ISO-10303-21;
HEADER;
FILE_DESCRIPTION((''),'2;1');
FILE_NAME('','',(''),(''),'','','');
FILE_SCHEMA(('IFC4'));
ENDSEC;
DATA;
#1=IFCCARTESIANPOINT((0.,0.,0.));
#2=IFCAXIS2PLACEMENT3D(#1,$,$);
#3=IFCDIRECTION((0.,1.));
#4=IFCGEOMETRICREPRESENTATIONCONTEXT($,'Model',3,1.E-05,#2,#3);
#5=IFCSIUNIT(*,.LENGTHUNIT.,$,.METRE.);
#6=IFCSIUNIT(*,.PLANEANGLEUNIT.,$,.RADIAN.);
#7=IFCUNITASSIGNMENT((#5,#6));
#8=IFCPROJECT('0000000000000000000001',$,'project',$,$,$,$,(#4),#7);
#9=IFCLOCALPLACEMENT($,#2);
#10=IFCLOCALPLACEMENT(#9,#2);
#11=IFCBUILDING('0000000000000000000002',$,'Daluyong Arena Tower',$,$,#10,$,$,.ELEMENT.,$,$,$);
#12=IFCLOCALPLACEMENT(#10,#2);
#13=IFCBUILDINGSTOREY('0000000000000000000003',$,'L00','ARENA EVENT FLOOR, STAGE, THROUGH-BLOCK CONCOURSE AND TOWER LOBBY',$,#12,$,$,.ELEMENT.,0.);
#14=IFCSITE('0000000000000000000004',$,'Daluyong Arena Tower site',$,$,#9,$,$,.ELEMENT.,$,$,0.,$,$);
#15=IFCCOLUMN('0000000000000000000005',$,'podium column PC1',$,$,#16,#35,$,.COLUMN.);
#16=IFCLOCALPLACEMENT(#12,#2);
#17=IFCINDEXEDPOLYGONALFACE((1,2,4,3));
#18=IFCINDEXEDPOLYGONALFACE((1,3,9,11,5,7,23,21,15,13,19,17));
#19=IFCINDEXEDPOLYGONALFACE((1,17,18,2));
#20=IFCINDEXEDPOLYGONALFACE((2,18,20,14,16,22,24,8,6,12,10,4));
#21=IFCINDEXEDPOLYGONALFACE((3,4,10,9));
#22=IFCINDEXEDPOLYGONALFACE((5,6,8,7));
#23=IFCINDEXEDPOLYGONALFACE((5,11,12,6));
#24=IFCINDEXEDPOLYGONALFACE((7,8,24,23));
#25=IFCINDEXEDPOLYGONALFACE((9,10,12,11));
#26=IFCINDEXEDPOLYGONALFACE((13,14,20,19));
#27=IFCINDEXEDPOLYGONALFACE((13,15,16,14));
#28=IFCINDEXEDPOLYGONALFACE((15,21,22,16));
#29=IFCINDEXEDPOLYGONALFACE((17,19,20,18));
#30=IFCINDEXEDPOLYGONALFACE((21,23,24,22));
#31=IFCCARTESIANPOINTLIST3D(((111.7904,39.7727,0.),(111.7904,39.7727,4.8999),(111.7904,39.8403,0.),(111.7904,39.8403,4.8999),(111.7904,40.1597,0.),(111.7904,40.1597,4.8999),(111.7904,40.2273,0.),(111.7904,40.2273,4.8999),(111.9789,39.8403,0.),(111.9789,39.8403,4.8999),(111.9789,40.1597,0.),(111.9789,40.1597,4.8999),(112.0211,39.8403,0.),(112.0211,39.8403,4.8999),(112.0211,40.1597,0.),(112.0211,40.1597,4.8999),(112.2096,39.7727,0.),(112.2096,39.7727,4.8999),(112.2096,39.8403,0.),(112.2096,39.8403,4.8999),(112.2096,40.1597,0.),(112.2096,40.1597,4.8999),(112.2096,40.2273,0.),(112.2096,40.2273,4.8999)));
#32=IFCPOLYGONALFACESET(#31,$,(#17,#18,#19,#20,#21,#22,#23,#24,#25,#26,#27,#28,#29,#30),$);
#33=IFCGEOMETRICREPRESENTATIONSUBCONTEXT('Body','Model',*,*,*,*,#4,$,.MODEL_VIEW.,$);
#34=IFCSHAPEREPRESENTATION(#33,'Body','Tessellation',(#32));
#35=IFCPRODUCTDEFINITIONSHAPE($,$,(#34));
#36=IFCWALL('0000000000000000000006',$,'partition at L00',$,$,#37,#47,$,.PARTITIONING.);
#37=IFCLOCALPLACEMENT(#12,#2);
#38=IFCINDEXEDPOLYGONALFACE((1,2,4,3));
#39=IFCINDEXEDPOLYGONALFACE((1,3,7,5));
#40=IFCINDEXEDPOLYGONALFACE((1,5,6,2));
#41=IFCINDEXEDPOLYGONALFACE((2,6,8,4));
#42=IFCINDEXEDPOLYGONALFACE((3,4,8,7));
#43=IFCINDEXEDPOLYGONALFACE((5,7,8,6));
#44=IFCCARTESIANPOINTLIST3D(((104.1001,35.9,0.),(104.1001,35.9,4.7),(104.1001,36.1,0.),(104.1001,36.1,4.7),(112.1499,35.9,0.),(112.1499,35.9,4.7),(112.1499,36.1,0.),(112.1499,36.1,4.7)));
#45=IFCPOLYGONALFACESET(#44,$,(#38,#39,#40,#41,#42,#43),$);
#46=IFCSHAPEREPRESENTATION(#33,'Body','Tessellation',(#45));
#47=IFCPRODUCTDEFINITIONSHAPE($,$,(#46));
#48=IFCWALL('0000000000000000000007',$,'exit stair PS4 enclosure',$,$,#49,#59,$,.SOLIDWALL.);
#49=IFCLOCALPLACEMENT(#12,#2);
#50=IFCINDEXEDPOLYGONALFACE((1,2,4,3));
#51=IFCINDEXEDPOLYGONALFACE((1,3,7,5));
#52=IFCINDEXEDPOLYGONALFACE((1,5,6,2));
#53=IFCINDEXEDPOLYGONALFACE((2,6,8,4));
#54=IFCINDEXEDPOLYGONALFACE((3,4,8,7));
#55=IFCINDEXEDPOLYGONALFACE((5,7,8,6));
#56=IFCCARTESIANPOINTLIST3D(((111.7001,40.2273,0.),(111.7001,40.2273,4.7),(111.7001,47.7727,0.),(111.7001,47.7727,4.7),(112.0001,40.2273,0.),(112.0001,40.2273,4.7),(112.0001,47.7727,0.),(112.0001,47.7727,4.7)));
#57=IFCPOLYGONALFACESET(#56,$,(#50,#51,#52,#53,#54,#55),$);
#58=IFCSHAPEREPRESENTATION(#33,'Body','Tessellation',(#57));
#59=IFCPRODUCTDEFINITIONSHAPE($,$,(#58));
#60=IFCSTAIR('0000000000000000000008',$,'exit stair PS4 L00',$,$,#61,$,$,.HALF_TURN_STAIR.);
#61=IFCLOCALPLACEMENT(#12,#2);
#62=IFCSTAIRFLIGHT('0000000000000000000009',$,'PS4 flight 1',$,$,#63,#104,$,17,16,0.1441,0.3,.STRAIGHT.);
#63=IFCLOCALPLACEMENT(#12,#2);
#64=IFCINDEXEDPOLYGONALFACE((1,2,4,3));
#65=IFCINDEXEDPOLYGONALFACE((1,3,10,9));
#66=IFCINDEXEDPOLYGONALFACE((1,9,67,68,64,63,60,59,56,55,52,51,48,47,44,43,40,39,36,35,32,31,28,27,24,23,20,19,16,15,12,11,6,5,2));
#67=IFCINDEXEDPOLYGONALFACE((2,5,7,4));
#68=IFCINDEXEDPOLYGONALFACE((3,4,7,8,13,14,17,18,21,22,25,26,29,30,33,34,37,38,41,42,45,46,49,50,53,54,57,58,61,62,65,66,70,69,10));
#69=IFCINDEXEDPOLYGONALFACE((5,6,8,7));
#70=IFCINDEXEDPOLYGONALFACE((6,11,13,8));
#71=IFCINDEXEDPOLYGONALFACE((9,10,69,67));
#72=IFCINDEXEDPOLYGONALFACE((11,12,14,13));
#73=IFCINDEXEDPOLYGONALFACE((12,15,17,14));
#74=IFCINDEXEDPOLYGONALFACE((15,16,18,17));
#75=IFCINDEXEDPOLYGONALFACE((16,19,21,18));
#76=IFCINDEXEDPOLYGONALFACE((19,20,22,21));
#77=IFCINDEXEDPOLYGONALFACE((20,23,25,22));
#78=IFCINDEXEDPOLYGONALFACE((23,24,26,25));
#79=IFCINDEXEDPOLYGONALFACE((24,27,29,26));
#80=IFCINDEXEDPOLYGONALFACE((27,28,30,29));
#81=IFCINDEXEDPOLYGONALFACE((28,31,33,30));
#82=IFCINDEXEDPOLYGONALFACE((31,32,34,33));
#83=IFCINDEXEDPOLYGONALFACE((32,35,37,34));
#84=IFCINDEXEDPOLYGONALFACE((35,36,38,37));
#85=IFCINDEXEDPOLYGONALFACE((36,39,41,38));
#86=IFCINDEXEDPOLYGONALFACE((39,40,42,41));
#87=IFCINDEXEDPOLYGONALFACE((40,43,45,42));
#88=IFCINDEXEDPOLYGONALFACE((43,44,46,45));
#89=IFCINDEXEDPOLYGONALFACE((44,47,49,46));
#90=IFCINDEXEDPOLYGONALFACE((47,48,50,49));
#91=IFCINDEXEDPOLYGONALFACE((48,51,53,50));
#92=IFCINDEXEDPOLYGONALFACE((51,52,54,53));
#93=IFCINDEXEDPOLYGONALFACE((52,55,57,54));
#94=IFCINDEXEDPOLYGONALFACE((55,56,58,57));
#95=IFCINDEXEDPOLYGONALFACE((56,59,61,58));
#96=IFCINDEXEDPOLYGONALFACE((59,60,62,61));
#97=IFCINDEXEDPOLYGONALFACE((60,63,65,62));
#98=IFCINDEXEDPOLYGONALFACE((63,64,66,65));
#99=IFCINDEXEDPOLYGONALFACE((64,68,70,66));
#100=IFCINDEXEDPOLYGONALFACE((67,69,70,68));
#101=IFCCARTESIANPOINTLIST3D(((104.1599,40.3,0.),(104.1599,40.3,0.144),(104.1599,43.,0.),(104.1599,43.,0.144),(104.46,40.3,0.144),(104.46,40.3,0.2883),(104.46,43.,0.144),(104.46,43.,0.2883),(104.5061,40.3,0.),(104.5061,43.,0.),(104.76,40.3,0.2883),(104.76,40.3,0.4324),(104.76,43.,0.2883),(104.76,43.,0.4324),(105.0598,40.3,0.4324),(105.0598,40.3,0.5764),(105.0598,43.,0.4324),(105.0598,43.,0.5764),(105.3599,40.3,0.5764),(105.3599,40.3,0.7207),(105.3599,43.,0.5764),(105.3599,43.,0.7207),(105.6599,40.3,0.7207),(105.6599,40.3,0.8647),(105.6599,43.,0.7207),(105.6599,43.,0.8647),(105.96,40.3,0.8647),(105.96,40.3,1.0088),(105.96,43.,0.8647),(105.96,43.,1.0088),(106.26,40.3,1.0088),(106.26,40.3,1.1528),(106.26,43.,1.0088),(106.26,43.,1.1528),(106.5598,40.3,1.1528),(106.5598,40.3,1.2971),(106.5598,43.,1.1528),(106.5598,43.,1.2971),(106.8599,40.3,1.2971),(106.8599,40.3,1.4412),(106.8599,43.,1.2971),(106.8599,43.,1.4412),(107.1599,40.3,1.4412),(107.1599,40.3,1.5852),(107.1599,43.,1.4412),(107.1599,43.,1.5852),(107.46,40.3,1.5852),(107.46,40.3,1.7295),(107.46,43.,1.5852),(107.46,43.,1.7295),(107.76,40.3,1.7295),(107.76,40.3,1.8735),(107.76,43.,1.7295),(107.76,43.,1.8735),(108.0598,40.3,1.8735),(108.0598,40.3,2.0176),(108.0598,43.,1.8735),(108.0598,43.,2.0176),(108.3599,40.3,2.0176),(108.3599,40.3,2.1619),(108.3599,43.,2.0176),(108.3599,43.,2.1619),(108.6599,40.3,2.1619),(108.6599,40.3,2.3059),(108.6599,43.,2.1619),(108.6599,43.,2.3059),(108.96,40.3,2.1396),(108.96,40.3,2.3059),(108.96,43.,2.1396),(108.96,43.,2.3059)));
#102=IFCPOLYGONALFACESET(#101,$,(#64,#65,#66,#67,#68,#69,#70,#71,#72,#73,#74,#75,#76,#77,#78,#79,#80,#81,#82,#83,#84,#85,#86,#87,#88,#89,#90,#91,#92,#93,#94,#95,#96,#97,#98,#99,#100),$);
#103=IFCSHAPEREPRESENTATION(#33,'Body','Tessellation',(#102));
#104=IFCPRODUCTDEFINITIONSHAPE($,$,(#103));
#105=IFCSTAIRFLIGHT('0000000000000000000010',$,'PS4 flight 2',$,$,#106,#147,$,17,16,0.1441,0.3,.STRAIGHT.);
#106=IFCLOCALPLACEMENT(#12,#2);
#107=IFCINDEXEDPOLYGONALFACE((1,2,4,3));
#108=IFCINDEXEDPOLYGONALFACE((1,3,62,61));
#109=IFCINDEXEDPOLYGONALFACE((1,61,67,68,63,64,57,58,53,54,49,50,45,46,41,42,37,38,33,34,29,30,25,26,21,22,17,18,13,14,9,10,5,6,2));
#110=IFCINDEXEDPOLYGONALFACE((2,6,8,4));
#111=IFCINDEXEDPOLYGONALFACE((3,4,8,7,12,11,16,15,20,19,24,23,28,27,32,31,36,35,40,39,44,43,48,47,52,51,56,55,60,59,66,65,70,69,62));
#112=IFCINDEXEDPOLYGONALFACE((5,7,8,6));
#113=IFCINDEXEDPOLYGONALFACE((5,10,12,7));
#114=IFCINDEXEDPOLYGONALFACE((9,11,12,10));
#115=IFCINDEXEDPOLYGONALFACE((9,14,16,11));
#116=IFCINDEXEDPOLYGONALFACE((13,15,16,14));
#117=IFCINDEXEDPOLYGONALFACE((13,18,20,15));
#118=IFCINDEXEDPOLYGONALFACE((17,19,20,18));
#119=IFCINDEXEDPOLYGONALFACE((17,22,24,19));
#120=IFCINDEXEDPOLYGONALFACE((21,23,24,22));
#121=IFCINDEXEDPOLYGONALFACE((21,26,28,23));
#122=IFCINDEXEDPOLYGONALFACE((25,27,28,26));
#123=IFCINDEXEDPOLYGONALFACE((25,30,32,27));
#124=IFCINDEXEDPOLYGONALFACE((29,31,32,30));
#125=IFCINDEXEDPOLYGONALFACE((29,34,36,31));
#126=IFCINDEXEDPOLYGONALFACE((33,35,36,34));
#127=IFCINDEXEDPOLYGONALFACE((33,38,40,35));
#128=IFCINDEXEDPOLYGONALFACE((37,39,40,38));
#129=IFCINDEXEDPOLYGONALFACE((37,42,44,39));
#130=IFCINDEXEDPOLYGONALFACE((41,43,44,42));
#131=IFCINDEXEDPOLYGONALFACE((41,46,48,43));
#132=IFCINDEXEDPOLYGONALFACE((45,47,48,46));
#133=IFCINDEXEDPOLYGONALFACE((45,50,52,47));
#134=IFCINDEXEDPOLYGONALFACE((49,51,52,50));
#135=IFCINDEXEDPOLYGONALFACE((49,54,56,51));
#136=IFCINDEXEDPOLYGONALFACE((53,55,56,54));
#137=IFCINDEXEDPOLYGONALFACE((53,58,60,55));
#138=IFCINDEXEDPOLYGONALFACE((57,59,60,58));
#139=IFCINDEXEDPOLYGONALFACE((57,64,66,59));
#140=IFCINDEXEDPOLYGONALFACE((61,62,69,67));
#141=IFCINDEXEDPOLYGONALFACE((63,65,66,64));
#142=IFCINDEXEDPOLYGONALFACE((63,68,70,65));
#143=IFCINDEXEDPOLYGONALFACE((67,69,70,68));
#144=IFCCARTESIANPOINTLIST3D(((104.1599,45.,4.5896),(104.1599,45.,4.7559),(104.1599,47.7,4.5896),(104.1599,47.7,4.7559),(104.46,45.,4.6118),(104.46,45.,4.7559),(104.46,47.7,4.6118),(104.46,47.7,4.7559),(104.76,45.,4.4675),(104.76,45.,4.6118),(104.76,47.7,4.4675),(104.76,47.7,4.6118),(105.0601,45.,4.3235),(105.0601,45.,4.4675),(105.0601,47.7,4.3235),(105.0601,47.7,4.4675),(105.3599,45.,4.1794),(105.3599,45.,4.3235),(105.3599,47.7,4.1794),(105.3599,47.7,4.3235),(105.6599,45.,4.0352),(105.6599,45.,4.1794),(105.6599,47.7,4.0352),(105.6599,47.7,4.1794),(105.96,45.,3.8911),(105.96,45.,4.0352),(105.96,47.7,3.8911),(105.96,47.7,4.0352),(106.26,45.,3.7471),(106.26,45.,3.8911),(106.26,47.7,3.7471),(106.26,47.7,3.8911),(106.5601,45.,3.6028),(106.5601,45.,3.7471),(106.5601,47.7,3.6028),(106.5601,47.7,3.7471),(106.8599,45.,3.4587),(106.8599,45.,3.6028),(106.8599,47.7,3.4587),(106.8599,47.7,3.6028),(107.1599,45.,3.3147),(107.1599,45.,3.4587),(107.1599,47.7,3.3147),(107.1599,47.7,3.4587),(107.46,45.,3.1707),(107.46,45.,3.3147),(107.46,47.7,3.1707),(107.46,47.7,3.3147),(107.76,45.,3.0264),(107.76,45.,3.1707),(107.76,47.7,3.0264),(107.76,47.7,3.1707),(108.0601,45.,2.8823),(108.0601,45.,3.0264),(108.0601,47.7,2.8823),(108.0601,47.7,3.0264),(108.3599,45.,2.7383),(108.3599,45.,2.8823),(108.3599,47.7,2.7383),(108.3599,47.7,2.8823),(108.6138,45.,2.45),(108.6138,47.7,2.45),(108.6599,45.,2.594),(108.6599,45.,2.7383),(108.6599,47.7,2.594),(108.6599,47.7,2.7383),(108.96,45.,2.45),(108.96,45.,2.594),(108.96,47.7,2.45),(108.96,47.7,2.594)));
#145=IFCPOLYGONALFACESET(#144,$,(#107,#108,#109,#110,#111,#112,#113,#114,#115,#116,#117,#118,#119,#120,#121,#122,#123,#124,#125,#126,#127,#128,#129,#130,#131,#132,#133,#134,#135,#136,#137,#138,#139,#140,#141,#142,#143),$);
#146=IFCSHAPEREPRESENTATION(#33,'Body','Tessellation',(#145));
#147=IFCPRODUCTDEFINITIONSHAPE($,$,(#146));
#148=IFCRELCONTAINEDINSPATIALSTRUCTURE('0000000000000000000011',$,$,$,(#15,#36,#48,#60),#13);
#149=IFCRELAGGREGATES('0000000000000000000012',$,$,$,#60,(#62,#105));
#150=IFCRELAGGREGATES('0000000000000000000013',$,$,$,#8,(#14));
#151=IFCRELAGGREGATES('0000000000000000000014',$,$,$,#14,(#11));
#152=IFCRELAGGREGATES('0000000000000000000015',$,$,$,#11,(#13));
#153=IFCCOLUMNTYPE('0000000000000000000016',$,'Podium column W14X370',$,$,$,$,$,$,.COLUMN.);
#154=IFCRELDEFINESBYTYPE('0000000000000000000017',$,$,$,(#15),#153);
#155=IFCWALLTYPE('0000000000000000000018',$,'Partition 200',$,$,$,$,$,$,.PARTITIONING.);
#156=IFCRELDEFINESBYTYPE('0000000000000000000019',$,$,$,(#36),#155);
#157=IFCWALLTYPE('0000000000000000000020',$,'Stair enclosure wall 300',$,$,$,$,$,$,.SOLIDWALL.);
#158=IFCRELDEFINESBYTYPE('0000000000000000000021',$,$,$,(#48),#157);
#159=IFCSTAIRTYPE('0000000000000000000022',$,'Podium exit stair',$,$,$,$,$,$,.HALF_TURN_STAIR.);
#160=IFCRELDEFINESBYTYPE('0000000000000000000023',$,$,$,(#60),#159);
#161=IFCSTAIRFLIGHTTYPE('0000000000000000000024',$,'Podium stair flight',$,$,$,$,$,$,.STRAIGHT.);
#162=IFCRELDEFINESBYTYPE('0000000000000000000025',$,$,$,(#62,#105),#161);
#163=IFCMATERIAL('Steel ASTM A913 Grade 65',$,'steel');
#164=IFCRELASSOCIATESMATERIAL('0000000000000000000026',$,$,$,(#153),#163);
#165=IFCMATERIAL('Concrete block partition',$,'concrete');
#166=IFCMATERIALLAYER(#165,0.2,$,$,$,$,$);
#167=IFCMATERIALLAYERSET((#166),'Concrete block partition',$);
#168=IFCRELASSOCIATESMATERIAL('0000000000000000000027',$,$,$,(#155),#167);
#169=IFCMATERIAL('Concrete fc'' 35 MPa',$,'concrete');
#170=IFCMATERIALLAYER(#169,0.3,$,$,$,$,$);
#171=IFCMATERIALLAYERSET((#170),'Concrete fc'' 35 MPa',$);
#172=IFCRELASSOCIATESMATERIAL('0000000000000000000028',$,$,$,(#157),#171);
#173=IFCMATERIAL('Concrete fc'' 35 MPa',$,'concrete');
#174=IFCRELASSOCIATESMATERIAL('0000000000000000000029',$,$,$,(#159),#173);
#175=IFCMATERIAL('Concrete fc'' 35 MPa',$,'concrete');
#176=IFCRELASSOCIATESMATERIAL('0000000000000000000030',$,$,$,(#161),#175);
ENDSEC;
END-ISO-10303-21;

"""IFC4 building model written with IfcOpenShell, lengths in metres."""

from ifc_helpers import new_model, si_unit, direction, frame, frame_2d, origin, origin_2d, place, context, subcontext, project, spatial, polyline, rectangle, i_section, outline, extrude, material, layer, layer_set, material_profile, profile_set, type_object, element, aggregate, save


model = new_model("IFC4")

# Units and contexts
model_context = context("Model", 3, precision=1e-05, world=origin(), true_north=direction((0.0, 1.0)))
body_context = subcontext(model_context, "Body", "Model", "MODEL_VIEW")
ifc_project = project(units=[si_unit("LENGTHUNIT", "METRE"), si_unit("PLANEANGLEUNIT", "RADIAN")], contexts=[model_context])

# Site, building, storey
site_placement = place(None, origin())
site = spatial("IfcSite", under=ifc_project, at=site_placement, Name="Daluyong Arena Tower site", CompositionType="ELEMENT", RefElevation=0.0)
building_placement = place(site_placement, origin())
building = spatial("IfcBuilding", under=site, at=building_placement, Name="Daluyong Arena Tower", CompositionType="ELEMENT")
storey_placement = place(building_placement, origin())
storey = spatial("IfcBuildingStorey", under=building, at=storey_placement, Name="L00", Description="ARENA EVENT FLOOR, STAGE, THROUGH-BLOCK CONCOURSE AND TOWER LOBBY", CompositionType="ELEMENT", Elevation=0.0)

# Column
ifc_material_1 = material(Name="Steel ASTM A913 Grade 65", Category="steel")
ifc_material_profile = material_profile(ifc_material_1, i_section(OverallWidth=0.4192, OverallDepth=0.4546, WebThickness=0.0422, FlangeThickness=0.0676, at=origin_2d()))
ifc_profile_set = profile_set([ifc_material_profile], Name="Steel ASTM A913 Grade 65")
column_type = type_object("IfcColumnType", Name="Podium column W14X370", PredefinedType="COLUMN", material=ifc_profile_set)
for number, where, z_axis, x_axis, name in (
    (1, (112.0, 40.0, 0.0), (0.0, 0.0, 1.0), (1.0, 0.0, 0.0), "podium column PC1"),
):
    element("IfcColumn", number, at=place(storey_placement, frame(where, z_axis=z_axis, x_axis=x_axis)), inside=storey, type_object=column_type, Name=name, PredefinedType="COLUMN", context=body_context, shape_type="SweptSolid", body=[
        extrude(i_section(OverallWidth=0.4192, OverallDepth=0.4546, WebThickness=0.0422, FlangeThickness=0.0676, at=origin_2d()), origin(), (0.0, 0.0, 1.0), 4.8999),
    ])

# Walls
ifc_material_2 = material(Name="Concrete block partition", Category="concrete")
ifc_layer_1 = layer(ifc_material_2, 0.2)
ifc_layer_set_1 = layer_set([ifc_layer_1], Name="Concrete block partition")
wall_type_1 = type_object("IfcWallType", Name="Partition 200", PredefinedType="PARTITIONING", material=ifc_layer_set_1)
wall_1_placement = place(storey_placement, frame((104.1001, 36.0, 0.0), z_axis=(0.0, 0.0, 1.0), x_axis=(1.0, 0.0, 0.0)))
element("IfcWall", 2, at=wall_1_placement, inside=storey, type_object=wall_type_1, Name="partition at L00", PredefinedType="PARTITIONING", context=body_context, shape_type="SweptSolid", body=[
    extrude(rectangle(XDim=8.0498, YDim=0.2, at=frame_2d((4.0249, 0.0))), origin(), (0.0, 0.0, 1.0), 4.7),
])
ifc_material_3 = material(Name="Concrete fc' 35 MPa", Category="concrete")
ifc_layer_2 = layer(ifc_material_3, 0.3)
ifc_layer_set_2 = layer_set([ifc_layer_2], Name="Concrete fc' 35 MPa")
wall_type_2 = type_object("IfcWallType", Name="Stair enclosure wall 300", PredefinedType="SOLIDWALL", material=ifc_layer_set_2)
wall_2_placement = place(storey_placement, frame((111.8501, 40.2273, 0.0), z_axis=(0.0, 0.0, 1.0), x_axis=(0.0, 1.0, 0.0)))
element("IfcWall", 3, at=wall_2_placement, inside=storey, type_object=wall_type_2, Name="exit stair PS4 enclosure", PredefinedType="SOLIDWALL", context=body_context, shape_type="SweptSolid", body=[
    extrude(rectangle(XDim=7.5454, YDim=0.3, at=frame_2d((3.7727, 0.0))), origin(), (0.0, 0.0, 1.0), 4.7),
])

# Stair, stair flights
ifc_material_4 = material(Name="Concrete fc' 35 MPa", Category="concrete")
stair_type = type_object("IfcStairType", Name="Podium exit stair", PredefinedType="HALF_TURN_STAIR", material=ifc_material_4)
stair_placement = place(storey_placement, origin())
stair = element("IfcStair", 4, at=stair_placement, inside=storey, type_object=stair_type, Name="exit stair PS4 L00", PredefinedType="HALF_TURN_STAIR")
ifc_material_5 = material(Name="Concrete fc' 35 MPa", Category="concrete")
stair_flight_type = type_object("IfcStairFlightType", Name="Podium stair flight", PredefinedType="STRAIGHT", material=ifc_material_5)
stair_flight_1_placement = place(storey_placement, frame((104.1599, 41.6499, 0.0), z_axis=(0.0, 0.0, 1.0), x_axis=(1.0, 0.0, 0.0)))
stair_flight_1 = element("IfcStairFlight", 5, at=stair_flight_1_placement, type_object=stair_flight_type, Name="PS4 flight 1", NumberOfRisers=17, NumberOfTreads=16, PredefinedType="STRAIGHT", RiserHeight=0.1441, TreadLength=0.3, context=body_context, shape_type="SweptSolid", body=[
    extrude(outline(polyline([(0.0, 0.0), (0.0, 0.144), (0.3, 0.144), (0.3, 0.2883), (0.6001, 0.2883), (0.6001, 0.4324), (0.8999, 0.4324), (0.8999, 0.5764), (1.2, 0.5764), (1.2, 0.7207), (1.5, 0.7207), (1.5, 0.8647), (1.8, 0.8647), (1.8, 1.0088), (2.1001, 1.0088), (2.1001, 1.1528), (2.3999, 1.1528), (2.3999, 1.2971), (2.7, 1.2971), (2.7, 1.4412), (3.0, 1.4412), (3.0, 1.5852), (3.3, 1.5852), (3.3, 1.7295), (3.6001, 1.7295), (3.6001, 1.8735), (3.8999, 1.8735), (3.8999, 2.0176), (4.2, 2.0176), (4.2, 2.1619), (4.5, 2.1619), (4.5, 2.3059), (4.8, 2.3059), (4.8, 2.45), (4.8, 2.1396), (0.3462, 0.0), (0.0, 0.0)])), frame((0.0, 1.3501, 0.0), z_axis=(0.0, -1.0, 0.0), x_axis=(1.0, 0.0, 0.0)), (0.0, 0.0, 1.0), 2.7),
])
stair_flight_2_placement = place(storey_placement, frame((108.96, 46.3501, 2.45), z_axis=(0.0, 0.0, 1.0), x_axis=(-1.0, 0.0, 0.0)))
stair_flight_2 = element("IfcStairFlight", 6, at=stair_flight_2_placement, type_object=stair_flight_type, Name="PS4 flight 2", NumberOfRisers=17, NumberOfTreads=16, PredefinedType="STRAIGHT", RiserHeight=0.1441, TreadLength=0.3, context=body_context, shape_type="SweptSolid", body=[
    extrude(outline(polyline([(0.0, 0.0), (0.0, 0.144), (0.3, 0.144), (0.3, 0.2883), (0.6001, 0.2883), (0.6001, 0.4324), (0.8999, 0.4324), (0.8999, 0.5764), (1.2, 0.5764), (1.2, 0.7207), (1.5, 0.7207), (1.5, 0.8647), (1.8, 0.8647), (1.8, 1.0088), (2.1001, 1.0088), (2.1001, 1.1528), (2.3999, 1.1528), (2.3999, 1.2971), (2.7, 1.2971), (2.7, 1.4412), (3.0, 1.4412), (3.0, 1.5852), (3.3, 1.5852), (3.3, 1.7295), (3.6001, 1.7295), (3.6001, 1.8735), (3.8999, 1.8735), (3.8999, 2.0176), (4.2, 2.0176), (4.2, 2.1619), (4.5, 2.1619), (4.5, 2.3059), (4.8, 2.3059), (4.8, 2.45), (4.8, 2.1396), (0.3462, 0.0), (0.0, 0.0)])), frame((0.0, 1.3501, 0.0), z_axis=(0.0, -1.0, 0.0), x_axis=(1.0, 0.0, 0.0)), (0.0, 0.0, 1.0), 2.7),
])
aggregate(stair, [stair_flight_1, stair_flight_2])

save(model, "model.ifc")
